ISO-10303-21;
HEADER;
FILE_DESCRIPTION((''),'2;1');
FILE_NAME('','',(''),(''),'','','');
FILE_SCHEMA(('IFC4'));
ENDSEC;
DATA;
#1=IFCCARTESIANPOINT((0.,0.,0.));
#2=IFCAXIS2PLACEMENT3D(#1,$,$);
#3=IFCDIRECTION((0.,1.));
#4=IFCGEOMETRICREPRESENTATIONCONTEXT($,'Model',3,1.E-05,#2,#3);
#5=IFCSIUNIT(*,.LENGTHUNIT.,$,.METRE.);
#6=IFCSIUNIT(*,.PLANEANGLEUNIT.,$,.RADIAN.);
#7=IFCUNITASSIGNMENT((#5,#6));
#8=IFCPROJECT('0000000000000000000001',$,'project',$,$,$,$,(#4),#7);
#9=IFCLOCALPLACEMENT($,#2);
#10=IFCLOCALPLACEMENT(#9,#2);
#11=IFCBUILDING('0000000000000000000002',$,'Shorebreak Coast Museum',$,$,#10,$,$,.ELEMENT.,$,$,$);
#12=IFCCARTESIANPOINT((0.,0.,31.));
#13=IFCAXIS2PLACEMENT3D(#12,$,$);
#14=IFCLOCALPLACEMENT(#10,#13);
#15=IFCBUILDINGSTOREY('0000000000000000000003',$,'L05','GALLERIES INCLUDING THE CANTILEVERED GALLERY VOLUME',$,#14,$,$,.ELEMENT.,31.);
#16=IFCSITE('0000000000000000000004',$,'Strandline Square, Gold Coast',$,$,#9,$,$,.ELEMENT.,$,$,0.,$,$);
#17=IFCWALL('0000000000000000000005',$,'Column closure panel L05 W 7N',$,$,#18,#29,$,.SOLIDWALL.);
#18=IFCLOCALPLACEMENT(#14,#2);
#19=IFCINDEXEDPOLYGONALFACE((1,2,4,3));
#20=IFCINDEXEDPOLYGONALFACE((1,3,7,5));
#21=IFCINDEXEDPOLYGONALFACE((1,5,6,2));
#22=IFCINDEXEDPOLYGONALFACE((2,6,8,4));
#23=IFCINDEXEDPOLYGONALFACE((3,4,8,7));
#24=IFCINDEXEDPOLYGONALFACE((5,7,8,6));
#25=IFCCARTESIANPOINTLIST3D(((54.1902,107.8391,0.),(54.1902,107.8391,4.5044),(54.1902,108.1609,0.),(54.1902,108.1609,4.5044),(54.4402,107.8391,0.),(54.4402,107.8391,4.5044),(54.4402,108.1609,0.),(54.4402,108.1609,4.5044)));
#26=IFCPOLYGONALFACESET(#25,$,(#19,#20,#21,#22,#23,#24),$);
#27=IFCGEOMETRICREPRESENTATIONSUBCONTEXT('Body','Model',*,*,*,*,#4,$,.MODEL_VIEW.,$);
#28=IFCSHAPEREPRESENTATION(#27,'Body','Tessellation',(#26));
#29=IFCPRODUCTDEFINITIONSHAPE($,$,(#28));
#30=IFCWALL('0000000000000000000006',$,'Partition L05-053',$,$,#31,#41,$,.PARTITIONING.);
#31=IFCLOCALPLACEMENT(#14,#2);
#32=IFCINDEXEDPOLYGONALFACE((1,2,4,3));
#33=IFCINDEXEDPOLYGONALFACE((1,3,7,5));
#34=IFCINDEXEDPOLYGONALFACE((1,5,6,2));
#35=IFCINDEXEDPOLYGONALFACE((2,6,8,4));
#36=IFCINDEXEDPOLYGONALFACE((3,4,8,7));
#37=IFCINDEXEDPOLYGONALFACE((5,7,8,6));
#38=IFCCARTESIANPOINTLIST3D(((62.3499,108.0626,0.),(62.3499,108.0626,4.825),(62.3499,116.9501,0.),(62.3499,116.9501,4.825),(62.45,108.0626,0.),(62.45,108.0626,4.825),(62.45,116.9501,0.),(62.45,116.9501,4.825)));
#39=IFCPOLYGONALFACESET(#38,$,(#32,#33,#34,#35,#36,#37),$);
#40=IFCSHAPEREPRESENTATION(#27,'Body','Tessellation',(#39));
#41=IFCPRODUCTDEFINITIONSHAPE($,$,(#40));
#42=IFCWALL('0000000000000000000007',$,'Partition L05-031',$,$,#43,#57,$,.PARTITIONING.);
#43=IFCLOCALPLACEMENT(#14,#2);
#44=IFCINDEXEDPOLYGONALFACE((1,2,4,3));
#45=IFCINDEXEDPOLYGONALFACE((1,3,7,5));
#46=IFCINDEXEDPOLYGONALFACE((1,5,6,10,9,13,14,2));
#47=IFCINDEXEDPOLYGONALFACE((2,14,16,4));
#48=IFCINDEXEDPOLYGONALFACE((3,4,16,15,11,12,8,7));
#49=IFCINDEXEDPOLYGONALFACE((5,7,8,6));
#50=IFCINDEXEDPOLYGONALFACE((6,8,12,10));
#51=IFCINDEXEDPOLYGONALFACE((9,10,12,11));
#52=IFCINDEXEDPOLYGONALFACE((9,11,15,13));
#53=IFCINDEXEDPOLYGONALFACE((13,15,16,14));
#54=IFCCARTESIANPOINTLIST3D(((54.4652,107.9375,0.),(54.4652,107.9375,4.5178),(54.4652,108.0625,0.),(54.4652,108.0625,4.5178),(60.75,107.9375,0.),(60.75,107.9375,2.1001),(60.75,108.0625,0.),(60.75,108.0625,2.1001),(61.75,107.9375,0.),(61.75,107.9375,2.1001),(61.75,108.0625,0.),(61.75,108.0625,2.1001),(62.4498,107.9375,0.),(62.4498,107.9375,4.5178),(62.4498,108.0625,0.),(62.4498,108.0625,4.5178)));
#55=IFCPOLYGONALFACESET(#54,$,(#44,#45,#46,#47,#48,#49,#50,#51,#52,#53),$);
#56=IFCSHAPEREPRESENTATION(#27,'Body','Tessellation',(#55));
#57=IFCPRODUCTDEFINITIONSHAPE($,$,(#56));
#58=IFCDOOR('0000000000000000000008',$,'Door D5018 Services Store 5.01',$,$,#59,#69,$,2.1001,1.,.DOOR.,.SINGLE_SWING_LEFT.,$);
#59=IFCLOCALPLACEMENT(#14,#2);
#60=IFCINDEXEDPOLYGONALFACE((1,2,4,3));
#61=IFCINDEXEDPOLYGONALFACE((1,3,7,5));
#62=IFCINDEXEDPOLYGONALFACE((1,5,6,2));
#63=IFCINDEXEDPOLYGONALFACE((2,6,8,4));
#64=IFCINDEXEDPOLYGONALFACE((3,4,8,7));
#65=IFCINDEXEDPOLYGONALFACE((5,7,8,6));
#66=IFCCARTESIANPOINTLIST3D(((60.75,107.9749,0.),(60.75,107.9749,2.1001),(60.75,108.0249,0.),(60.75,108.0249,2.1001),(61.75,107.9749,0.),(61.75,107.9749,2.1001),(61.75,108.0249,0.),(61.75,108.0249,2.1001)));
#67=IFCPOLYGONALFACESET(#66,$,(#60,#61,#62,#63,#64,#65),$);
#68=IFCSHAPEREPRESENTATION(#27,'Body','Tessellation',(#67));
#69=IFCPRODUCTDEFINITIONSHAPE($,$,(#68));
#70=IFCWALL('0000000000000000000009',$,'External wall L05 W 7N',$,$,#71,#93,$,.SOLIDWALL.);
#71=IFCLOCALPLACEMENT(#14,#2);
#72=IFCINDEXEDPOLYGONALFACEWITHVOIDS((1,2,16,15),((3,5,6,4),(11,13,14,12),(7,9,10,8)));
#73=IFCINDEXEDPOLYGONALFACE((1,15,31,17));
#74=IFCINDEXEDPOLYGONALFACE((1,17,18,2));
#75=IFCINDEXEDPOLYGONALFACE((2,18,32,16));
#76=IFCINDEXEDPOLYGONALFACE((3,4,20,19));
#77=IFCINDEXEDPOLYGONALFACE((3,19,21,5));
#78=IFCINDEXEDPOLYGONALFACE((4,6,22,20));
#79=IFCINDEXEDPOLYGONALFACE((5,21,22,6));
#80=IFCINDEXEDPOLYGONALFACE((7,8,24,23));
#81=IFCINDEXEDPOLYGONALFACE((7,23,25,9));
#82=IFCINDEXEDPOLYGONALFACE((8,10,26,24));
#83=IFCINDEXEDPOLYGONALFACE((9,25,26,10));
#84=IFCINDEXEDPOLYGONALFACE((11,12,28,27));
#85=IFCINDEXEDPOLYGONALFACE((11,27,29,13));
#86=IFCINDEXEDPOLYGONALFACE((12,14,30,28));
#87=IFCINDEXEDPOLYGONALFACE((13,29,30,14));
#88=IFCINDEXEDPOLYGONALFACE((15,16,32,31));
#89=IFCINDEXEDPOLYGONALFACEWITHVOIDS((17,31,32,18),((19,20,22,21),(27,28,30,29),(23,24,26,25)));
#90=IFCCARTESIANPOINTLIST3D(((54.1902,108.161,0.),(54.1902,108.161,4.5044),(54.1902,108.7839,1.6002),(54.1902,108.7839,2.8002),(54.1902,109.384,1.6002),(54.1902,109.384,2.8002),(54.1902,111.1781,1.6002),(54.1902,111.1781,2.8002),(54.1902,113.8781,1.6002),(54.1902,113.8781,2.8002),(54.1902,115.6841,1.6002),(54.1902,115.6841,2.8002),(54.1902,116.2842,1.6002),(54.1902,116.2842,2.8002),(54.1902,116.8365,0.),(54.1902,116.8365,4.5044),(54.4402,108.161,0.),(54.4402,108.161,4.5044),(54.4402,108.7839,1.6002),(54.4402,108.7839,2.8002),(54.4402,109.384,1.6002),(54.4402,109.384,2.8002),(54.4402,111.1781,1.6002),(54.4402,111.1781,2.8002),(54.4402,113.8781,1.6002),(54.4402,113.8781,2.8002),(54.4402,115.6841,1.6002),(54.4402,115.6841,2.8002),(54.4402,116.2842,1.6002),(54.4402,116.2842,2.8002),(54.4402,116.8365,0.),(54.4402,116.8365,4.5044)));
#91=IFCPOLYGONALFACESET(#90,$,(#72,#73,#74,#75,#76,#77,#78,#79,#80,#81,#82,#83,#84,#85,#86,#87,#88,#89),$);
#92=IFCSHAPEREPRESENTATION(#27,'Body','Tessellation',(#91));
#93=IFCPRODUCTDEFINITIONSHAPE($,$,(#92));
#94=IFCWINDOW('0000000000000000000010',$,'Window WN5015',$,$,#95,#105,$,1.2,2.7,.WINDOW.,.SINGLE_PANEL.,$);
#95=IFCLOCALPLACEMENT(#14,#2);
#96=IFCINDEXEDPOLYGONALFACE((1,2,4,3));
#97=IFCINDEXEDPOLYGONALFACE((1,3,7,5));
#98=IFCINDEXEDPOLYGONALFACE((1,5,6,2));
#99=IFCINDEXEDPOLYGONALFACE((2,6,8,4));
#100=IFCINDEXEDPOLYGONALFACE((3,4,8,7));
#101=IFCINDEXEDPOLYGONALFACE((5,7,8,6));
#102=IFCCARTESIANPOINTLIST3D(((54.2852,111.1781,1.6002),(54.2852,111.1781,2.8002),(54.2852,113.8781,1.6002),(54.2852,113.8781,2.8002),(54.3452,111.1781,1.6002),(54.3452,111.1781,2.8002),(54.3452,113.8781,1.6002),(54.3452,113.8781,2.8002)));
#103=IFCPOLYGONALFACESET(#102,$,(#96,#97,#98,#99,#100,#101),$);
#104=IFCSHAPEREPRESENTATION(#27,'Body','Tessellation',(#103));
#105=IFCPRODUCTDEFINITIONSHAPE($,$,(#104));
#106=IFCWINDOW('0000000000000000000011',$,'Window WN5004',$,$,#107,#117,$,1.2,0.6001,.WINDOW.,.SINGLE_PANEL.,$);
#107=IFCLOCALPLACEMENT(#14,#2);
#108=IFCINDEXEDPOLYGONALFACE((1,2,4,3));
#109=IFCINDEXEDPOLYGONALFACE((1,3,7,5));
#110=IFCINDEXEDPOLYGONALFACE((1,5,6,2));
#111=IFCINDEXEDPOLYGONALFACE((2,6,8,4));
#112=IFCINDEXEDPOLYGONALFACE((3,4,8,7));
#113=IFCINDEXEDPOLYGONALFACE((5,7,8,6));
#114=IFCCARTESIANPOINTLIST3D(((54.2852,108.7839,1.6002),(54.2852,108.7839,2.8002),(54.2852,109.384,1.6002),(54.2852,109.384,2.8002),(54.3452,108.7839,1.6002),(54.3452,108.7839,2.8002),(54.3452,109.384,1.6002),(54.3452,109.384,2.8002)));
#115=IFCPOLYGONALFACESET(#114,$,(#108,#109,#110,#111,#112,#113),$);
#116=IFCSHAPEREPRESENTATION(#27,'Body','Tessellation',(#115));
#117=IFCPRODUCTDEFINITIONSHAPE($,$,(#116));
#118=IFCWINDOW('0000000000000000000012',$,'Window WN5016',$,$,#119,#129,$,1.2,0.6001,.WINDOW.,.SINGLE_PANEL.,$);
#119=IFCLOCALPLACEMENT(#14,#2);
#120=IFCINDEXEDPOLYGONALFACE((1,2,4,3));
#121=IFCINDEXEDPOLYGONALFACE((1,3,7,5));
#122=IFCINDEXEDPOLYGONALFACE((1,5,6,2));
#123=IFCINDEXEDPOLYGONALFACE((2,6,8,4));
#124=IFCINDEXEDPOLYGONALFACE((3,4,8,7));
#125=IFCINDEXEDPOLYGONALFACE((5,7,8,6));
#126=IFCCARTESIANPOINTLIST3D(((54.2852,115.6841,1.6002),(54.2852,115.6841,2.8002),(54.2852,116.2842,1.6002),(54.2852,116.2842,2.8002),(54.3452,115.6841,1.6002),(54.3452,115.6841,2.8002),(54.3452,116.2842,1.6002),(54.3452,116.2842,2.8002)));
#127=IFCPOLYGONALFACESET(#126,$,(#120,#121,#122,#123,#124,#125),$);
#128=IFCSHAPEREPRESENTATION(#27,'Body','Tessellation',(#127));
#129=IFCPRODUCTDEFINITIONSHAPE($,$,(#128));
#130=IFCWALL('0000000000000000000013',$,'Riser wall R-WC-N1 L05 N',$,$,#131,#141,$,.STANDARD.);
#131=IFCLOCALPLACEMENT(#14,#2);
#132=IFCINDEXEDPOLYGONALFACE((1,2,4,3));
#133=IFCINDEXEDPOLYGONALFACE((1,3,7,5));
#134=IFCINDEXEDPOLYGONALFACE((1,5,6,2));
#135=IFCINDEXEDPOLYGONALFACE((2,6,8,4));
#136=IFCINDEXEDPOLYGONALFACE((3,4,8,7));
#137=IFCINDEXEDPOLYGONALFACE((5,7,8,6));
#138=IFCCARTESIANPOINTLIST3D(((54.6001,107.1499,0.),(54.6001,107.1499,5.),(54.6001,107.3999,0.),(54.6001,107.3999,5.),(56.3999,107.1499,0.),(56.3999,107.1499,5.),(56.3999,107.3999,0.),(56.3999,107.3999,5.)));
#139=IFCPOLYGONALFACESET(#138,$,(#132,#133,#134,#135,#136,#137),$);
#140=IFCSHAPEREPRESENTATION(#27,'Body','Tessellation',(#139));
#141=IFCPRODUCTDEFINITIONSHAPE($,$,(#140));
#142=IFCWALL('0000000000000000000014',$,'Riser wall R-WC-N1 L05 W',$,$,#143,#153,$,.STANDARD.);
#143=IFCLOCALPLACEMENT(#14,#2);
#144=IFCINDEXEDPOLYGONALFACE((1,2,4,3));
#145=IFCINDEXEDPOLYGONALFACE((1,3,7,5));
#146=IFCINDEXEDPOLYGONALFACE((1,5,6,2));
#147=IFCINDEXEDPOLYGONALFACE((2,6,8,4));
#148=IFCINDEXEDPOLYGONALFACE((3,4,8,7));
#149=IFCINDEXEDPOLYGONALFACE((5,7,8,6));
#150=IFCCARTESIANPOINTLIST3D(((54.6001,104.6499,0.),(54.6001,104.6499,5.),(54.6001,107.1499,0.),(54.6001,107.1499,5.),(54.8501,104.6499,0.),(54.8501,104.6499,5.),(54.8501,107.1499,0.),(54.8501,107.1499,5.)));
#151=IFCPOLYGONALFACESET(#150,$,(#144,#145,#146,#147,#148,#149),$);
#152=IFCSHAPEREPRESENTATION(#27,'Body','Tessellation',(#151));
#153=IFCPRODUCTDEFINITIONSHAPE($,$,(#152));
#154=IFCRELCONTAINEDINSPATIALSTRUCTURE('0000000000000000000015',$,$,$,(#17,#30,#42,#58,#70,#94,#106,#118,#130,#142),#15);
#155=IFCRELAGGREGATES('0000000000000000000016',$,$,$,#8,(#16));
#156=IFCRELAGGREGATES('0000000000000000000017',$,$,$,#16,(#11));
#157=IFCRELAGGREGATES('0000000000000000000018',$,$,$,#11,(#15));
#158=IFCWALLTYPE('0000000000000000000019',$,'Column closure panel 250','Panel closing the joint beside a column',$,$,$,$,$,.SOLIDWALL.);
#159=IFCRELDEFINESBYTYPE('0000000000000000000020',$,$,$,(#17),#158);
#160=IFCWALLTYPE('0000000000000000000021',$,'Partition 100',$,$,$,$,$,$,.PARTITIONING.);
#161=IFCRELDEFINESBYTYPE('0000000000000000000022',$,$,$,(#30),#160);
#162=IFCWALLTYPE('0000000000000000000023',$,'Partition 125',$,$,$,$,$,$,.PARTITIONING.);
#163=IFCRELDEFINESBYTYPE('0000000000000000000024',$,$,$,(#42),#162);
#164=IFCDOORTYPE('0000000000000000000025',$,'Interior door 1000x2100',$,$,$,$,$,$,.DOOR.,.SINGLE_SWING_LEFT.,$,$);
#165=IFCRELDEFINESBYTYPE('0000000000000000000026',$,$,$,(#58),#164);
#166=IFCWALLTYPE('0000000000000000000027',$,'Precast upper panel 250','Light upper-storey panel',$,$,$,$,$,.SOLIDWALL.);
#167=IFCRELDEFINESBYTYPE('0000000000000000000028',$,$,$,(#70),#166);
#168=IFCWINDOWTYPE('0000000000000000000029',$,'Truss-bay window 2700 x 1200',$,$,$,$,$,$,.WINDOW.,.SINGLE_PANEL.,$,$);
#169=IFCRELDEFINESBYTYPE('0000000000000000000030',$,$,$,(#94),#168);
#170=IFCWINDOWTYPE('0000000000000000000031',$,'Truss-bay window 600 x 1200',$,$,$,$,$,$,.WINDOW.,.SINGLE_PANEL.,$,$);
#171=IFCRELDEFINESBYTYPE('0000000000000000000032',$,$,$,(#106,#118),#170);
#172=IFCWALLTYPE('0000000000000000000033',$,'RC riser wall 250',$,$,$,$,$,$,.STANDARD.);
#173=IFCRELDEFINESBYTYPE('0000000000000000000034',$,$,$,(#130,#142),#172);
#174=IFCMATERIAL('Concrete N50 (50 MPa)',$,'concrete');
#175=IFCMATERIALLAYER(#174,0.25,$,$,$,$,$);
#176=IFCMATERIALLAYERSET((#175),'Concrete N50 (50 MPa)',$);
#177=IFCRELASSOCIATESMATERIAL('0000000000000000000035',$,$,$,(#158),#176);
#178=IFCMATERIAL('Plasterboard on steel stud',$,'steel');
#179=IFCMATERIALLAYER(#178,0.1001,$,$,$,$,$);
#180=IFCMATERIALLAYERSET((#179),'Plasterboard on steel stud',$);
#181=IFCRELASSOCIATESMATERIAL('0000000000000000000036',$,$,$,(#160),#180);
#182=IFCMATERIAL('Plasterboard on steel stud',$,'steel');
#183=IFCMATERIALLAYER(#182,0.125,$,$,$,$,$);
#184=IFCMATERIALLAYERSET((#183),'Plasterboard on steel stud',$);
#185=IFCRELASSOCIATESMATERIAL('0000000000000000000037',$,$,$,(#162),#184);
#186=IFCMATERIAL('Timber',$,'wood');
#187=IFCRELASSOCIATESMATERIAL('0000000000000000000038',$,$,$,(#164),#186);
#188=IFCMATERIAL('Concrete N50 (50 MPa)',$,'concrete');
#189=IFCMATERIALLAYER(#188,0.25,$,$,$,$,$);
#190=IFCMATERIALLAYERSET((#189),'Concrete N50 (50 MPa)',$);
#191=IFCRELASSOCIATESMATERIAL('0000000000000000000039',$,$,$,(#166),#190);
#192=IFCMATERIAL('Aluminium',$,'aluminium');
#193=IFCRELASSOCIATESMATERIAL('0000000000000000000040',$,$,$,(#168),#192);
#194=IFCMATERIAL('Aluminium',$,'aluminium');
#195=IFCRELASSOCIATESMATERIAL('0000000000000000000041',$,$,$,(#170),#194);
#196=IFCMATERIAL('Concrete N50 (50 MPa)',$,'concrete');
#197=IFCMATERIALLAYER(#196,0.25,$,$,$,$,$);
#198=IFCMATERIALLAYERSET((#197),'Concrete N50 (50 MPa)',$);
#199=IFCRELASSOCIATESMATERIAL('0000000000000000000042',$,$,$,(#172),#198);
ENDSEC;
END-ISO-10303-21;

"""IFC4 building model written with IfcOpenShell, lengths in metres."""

from ifc_helpers import new_model, si_unit, direction, frame, frame_2d, origin, place, context, subcontext, project, spatial, rectangle, extrude, material, layer, layer_set, type_object, element, fill, save


model = new_model("IFC4")

# Units and contexts
model_context = context("Model", 3, precision=1e-05, world=origin(), true_north=direction((0.0, 1.0)))
body_context = subcontext(model_context, "Body", "Model", "MODEL_VIEW")
ifc_project = project(units=[si_unit("LENGTHUNIT", "METRE"), si_unit("PLANEANGLEUNIT", "RADIAN")], contexts=[model_context])

# Site, building, storey
site_placement = place(None, origin())
site = spatial("IfcSite", under=ifc_project, at=site_placement, Name="Strandline Square, Gold Coast", CompositionType="ELEMENT", RefElevation=0.0)
building_placement = place(site_placement, origin())
building = spatial("IfcBuilding", under=site, at=building_placement, Name="Shorebreak Coast Museum", CompositionType="ELEMENT")
storey_placement = place(building_placement, frame((0.0, 0.0, 31.0)))
storey = spatial("IfcBuildingStorey", under=building, at=storey_placement, Name="L05", Description="GALLERIES INCLUDING THE CANTILEVERED GALLERY VOLUME", CompositionType="ELEMENT", Elevation=31.0)

# Walls
ifc_material_1 = material(Name="Concrete N50 (50 MPa)", Category="concrete")
ifc_layer_1 = layer(ifc_material_1, 0.25)
ifc_layer_set_1 = layer_set([ifc_layer_1], Name="Concrete N50 (50 MPa)")
wall_type_1 = type_object("IfcWallType", Name="Column closure panel 250", Description="Panel closing the joint beside a column", PredefinedType="SOLIDWALL", material=ifc_layer_set_1)
wall_1_placement = place(storey_placement, frame((54.3152, 107.8391, 0.0), z_axis=(0.0, 0.0, 1.0), x_axis=(0.0, 1.0, 0.0)))
element("IfcWall", 1, at=wall_1_placement, inside=storey, type_object=wall_type_1, Name="Column closure panel L05 W 7N", PredefinedType="SOLIDWALL", context=body_context, shape_type="SweptSolid", body=[
    extrude(rectangle(XDim=0.3218, YDim=0.25, at=frame_2d((0.1609, 0.0))), origin(), (0.0, 0.0, 1.0), 4.5044),
])
ifc_material_2 = material(Name="Plasterboard on steel stud", Category="steel")
ifc_layer_2 = layer(ifc_material_2, 0.1001)
ifc_layer_set_2 = layer_set([ifc_layer_2], Name="Plasterboard on steel stud")
wall_type_2 = type_object("IfcWallType", Name="Partition 100", PredefinedType="PARTITIONING", material=ifc_layer_set_2)
wall_2_placement = place(storey_placement, frame((62.3999, 108.0625, 0.0), z_axis=(0.0, 0.0, 1.0), x_axis=(0.0, 1.0, 0.0)))
element("IfcWall", 2, at=wall_2_placement, inside=storey, type_object=wall_type_2, Name="Partition L05-053", PredefinedType="PARTITIONING", context=body_context, shape_type="SweptSolid", body=[
    extrude(rectangle(XDim=8.8875, YDim=0.1001, at=frame_2d((4.4438, 0.0))), origin(), (0.0, 0.0, 1.0), 4.825),
])

# Wall, opening, door
ifc_material_3 = material(Name="Plasterboard on steel stud", Category="steel")
ifc_layer_3 = layer(ifc_material_3, 0.125)
ifc_layer_set_3 = layer_set([ifc_layer_3], Name="Plasterboard on steel stud")
wall_type_3 = type_object("IfcWallType", Name="Partition 125", PredefinedType="PARTITIONING", material=ifc_layer_set_3)
wall_3_placement = place(storey_placement, frame((54.4653, 108.0, 0.0), z_axis=(0.0, 0.0, 1.0), x_axis=(1.0, 0.0, 0.0)))
wall_3 = element("IfcWall", 3, at=wall_3_placement, inside=storey, type_object=wall_type_3, Name="Partition L05-031", PredefinedType="PARTITIONING", context=body_context, shape_type="SweptSolid", body=[
    extrude(rectangle(XDim=7.9846, YDim=0.125, at=frame_2d((3.9922, 0.0))), origin(), (0.0, 0.0, 1.0), 4.5178),
])
opening_1_placement = place(wall_3_placement, frame((6.2847, 0.0, 0.0)))
opening_1 = element("IfcOpeningElement", 4, at=opening_1_placement, cuts=wall_3, PredefinedType="OPENING", context=body_context, shape_type="SweptSolid", body=[
    extrude(rectangle(XDim=1.0, YDim=2.1001, at=frame_2d((0.5, 1.05))), frame((0.0, 0.0725, 0.0), z_axis=(0.0, -1.0, 0.0), x_axis=(1.0, 0.0, 0.0)), (0.0, 0.0, 1.0), 0.145),
])
ifc_material_4 = material(Name="Timber", Category="wood")
door_type_1 = type_object("IfcDoorType", Name="Interior door 1000x2100", OperationType="SINGLE_SWING_LEFT", PredefinedType="DOOR", material=ifc_material_4)
door_1_placement = place(opening_1_placement, origin())
door_1 = element("IfcDoor", 5, at=door_1_placement, inside=storey, type_object=door_type_1, Name="Door D5018 Services Store 5.01", OperationType="SINGLE_SWING_LEFT", OverallHeight=2.1001, OverallWidth=1.0, PredefinedType="DOOR", context=body_context, shape_type="SweptSolid", body=[
    extrude(rectangle(XDim=1.0, YDim=2.1001, at=frame_2d((0.5, 1.05))), frame((0.0, 0.0249, 0.0), z_axis=(0.0, -1.0, 0.0), x_axis=(1.0, 0.0, 0.0)), (0.0, 0.0, 1.0), 0.05),
])
fill(opening_1, door_1)

# Wall, openings, windows
ifc_material_5 = material(Name="Concrete N50 (50 MPa)", Category="concrete")
ifc_layer_4 = layer(ifc_material_5, 0.25)
ifc_layer_set_4 = layer_set([ifc_layer_4], Name="Concrete N50 (50 MPa)")
wall_type_4 = type_object("IfcWallType", Name="Precast upper panel 250", Description="Light upper-storey panel", PredefinedType="SOLIDWALL", material=ifc_layer_set_4)
wall_4_placement = place(storey_placement, frame((54.3152, 108.1609, 0.0), z_axis=(0.0, 0.0, 1.0), x_axis=(0.0, 1.0, 0.0)))
wall_4 = element("IfcWall", 6, at=wall_4_placement, inside=storey, type_object=wall_type_4, Name="External wall L05 W 7N", PredefinedType="SOLIDWALL", context=body_context, shape_type="SweptSolid", body=[
    extrude(rectangle(XDim=8.6755, YDim=0.25, at=frame_2d((4.3379, 0.0))), origin(), (0.0, 0.0, 1.0), 4.5044),
])
opening_2_placement = place(wall_4_placement, frame((0.623, 0.0, 1.6001)))
opening_2 = element("IfcOpeningElement", 7, at=opening_2_placement, cuts=wall_4, PredefinedType="OPENING", context=body_context, shape_type="SweptSolid", body=[
    extrude(rectangle(XDim=0.6001, YDim=1.2, at=frame_2d((0.3, 0.6001))), frame((0.0, 0.135, 0.0), z_axis=(0.0, -1.0, 0.0), x_axis=(1.0, 0.0, 0.0)), (0.0, 0.0, 1.0), 0.27),
])
opening_3_placement = place(wall_4_placement, frame((3.0171, 0.0, 1.6001)))
opening_3 = element("IfcOpeningElement", 8, at=opening_3_placement, cuts=wall_4, PredefinedType="OPENING", context=body_context, shape_type="SweptSolid", body=[
    extrude(rectangle(XDim=2.7, YDim=1.2, at=frame_2d((1.3501, 0.6001))), frame((0.0, 0.135, 0.0), z_axis=(0.0, -1.0, 0.0), x_axis=(1.0, 0.0, 0.0)), (0.0, 0.0, 1.0), 0.27),
])
opening_4_placement = place(wall_4_placement, frame((7.5232, 0.0, 1.6001)))
opening_4 = element("IfcOpeningElement", 9, at=opening_4_placement, cuts=wall_4, PredefinedType="OPENING", context=body_context, shape_type="SweptSolid", body=[
    extrude(rectangle(XDim=0.6001, YDim=1.2, at=frame_2d((0.3, 0.6001))), frame((0.0, 0.135, 0.0), z_axis=(0.0, -1.0, 0.0), x_axis=(1.0, 0.0, 0.0)), (0.0, 0.0, 1.0), 0.27),
])
ifc_material_6 = material(Name="Aluminium", Category="aluminium")
window_type_1 = type_object("IfcWindowType", Name="Truss-bay window 2700 x 1200", PartitioningType="SINGLE_PANEL", PredefinedType="WINDOW", material=ifc_material_6)
window_1_placement = place(opening_3_placement, origin())
window_1 = element("IfcWindow", 10, at=window_1_placement, inside=storey, type_object=window_type_1, Name="Window WN5015", OverallHeight=1.2, OverallWidth=2.7, PartitioningType="SINGLE_PANEL", PredefinedType="WINDOW", context=body_context, shape_type="SweptSolid", body=[
    extrude(rectangle(XDim=2.7, YDim=1.2, at=frame_2d((1.3501, 0.6001))), frame((0.0, 0.03, 0.0), z_axis=(0.0, -1.0, 0.0), x_axis=(1.0, 0.0, 0.0)), (0.0, 0.0, 1.0), 0.0601),
])
fill(opening_3, window_1)
ifc_material_7 = material(Name="Aluminium", Category="aluminium")
window_type_2 = type_object("IfcWindowType", Name="Truss-bay window 600 x 1200", PartitioningType="SINGLE_PANEL", PredefinedType="WINDOW", material=ifc_material_7)
window_2_placement = place(opening_2_placement, origin())
window_2 = element("IfcWindow", 11, at=window_2_placement, inside=storey, type_object=window_type_2, Name="Window WN5004", OverallHeight=1.2, OverallWidth=0.6001, PartitioningType="SINGLE_PANEL", PredefinedType="WINDOW", context=body_context, shape_type="SweptSolid", body=[
    extrude(rectangle(XDim=0.6001, YDim=1.2, at=frame_2d((0.3, 0.6001))), frame((0.0, 0.03, 0.0), z_axis=(0.0, -1.0, 0.0), x_axis=(1.0, 0.0, 0.0)), (0.0, 0.0, 1.0), 0.0601),
])
fill(opening_2, window_2)
window_3_placement = place(opening_4_placement, origin())
window_3 = element("IfcWindow", 12, at=window_3_placement, inside=storey, type_object=window_type_2, Name="Window WN5016", OverallHeight=1.2, OverallWidth=0.6001, PartitioningType="SINGLE_PANEL", PredefinedType="WINDOW", context=body_context, shape_type="SweptSolid", body=[
    extrude(rectangle(XDim=0.6001, YDim=1.2, at=frame_2d((0.3, 0.6001))), frame((0.0, 0.03, 0.0), z_axis=(0.0, -1.0, 0.0), x_axis=(1.0, 0.0, 0.0)), (0.0, 0.0, 1.0), 0.0601),
])
fill(opening_4, window_3)

# Walls
ifc_material_8 = material(Name="Concrete N50 (50 MPa)", Category="concrete")
ifc_layer_5 = layer(ifc_material_8, 0.25)
ifc_layer_set_5 = layer_set([ifc_layer_5], Name="Concrete N50 (50 MPa)")
wall_type_5 = type_object("IfcWallType", Name="RC riser wall 250", PredefinedType="STANDARD", material=ifc_layer_set_5)
wall_5_placement = place(storey_placement, frame((54.6001, 107.2749, 0.0), z_axis=(0.0, 0.0, 1.0), x_axis=(1.0, 0.0, 0.0)))
element("IfcWall", 13, at=wall_5_placement, inside=storey, type_object=wall_type_5, Name="Riser wall R-WC-N1 L05 N", PredefinedType="STANDARD", context=body_context, shape_type="SweptSolid", body=[
    extrude(rectangle(XDim=1.7998, YDim=0.25, at=frame_2d((0.8999, 0.0))), origin(), (0.0, 0.0, 1.0), 5.0),
])
wall_6_placement = place(storey_placement, frame((54.7251, 104.6499, 0.0), z_axis=(0.0, 0.0, 1.0), x_axis=(0.0, 1.0, 0.0)))
element("IfcWall", 14, at=wall_6_placement, inside=storey, type_object=wall_type_5, Name="Riser wall R-WC-N1 L05 W", PredefinedType="STANDARD", context=body_context, shape_type="SweptSolid", body=[
    extrude(rectangle(XDim=2.5, YDim=0.25, at=frame_2d((1.25, 0.0))), origin(), (0.0, 0.0, 1.0), 5.0),
])

save(model, "model.ifc")
